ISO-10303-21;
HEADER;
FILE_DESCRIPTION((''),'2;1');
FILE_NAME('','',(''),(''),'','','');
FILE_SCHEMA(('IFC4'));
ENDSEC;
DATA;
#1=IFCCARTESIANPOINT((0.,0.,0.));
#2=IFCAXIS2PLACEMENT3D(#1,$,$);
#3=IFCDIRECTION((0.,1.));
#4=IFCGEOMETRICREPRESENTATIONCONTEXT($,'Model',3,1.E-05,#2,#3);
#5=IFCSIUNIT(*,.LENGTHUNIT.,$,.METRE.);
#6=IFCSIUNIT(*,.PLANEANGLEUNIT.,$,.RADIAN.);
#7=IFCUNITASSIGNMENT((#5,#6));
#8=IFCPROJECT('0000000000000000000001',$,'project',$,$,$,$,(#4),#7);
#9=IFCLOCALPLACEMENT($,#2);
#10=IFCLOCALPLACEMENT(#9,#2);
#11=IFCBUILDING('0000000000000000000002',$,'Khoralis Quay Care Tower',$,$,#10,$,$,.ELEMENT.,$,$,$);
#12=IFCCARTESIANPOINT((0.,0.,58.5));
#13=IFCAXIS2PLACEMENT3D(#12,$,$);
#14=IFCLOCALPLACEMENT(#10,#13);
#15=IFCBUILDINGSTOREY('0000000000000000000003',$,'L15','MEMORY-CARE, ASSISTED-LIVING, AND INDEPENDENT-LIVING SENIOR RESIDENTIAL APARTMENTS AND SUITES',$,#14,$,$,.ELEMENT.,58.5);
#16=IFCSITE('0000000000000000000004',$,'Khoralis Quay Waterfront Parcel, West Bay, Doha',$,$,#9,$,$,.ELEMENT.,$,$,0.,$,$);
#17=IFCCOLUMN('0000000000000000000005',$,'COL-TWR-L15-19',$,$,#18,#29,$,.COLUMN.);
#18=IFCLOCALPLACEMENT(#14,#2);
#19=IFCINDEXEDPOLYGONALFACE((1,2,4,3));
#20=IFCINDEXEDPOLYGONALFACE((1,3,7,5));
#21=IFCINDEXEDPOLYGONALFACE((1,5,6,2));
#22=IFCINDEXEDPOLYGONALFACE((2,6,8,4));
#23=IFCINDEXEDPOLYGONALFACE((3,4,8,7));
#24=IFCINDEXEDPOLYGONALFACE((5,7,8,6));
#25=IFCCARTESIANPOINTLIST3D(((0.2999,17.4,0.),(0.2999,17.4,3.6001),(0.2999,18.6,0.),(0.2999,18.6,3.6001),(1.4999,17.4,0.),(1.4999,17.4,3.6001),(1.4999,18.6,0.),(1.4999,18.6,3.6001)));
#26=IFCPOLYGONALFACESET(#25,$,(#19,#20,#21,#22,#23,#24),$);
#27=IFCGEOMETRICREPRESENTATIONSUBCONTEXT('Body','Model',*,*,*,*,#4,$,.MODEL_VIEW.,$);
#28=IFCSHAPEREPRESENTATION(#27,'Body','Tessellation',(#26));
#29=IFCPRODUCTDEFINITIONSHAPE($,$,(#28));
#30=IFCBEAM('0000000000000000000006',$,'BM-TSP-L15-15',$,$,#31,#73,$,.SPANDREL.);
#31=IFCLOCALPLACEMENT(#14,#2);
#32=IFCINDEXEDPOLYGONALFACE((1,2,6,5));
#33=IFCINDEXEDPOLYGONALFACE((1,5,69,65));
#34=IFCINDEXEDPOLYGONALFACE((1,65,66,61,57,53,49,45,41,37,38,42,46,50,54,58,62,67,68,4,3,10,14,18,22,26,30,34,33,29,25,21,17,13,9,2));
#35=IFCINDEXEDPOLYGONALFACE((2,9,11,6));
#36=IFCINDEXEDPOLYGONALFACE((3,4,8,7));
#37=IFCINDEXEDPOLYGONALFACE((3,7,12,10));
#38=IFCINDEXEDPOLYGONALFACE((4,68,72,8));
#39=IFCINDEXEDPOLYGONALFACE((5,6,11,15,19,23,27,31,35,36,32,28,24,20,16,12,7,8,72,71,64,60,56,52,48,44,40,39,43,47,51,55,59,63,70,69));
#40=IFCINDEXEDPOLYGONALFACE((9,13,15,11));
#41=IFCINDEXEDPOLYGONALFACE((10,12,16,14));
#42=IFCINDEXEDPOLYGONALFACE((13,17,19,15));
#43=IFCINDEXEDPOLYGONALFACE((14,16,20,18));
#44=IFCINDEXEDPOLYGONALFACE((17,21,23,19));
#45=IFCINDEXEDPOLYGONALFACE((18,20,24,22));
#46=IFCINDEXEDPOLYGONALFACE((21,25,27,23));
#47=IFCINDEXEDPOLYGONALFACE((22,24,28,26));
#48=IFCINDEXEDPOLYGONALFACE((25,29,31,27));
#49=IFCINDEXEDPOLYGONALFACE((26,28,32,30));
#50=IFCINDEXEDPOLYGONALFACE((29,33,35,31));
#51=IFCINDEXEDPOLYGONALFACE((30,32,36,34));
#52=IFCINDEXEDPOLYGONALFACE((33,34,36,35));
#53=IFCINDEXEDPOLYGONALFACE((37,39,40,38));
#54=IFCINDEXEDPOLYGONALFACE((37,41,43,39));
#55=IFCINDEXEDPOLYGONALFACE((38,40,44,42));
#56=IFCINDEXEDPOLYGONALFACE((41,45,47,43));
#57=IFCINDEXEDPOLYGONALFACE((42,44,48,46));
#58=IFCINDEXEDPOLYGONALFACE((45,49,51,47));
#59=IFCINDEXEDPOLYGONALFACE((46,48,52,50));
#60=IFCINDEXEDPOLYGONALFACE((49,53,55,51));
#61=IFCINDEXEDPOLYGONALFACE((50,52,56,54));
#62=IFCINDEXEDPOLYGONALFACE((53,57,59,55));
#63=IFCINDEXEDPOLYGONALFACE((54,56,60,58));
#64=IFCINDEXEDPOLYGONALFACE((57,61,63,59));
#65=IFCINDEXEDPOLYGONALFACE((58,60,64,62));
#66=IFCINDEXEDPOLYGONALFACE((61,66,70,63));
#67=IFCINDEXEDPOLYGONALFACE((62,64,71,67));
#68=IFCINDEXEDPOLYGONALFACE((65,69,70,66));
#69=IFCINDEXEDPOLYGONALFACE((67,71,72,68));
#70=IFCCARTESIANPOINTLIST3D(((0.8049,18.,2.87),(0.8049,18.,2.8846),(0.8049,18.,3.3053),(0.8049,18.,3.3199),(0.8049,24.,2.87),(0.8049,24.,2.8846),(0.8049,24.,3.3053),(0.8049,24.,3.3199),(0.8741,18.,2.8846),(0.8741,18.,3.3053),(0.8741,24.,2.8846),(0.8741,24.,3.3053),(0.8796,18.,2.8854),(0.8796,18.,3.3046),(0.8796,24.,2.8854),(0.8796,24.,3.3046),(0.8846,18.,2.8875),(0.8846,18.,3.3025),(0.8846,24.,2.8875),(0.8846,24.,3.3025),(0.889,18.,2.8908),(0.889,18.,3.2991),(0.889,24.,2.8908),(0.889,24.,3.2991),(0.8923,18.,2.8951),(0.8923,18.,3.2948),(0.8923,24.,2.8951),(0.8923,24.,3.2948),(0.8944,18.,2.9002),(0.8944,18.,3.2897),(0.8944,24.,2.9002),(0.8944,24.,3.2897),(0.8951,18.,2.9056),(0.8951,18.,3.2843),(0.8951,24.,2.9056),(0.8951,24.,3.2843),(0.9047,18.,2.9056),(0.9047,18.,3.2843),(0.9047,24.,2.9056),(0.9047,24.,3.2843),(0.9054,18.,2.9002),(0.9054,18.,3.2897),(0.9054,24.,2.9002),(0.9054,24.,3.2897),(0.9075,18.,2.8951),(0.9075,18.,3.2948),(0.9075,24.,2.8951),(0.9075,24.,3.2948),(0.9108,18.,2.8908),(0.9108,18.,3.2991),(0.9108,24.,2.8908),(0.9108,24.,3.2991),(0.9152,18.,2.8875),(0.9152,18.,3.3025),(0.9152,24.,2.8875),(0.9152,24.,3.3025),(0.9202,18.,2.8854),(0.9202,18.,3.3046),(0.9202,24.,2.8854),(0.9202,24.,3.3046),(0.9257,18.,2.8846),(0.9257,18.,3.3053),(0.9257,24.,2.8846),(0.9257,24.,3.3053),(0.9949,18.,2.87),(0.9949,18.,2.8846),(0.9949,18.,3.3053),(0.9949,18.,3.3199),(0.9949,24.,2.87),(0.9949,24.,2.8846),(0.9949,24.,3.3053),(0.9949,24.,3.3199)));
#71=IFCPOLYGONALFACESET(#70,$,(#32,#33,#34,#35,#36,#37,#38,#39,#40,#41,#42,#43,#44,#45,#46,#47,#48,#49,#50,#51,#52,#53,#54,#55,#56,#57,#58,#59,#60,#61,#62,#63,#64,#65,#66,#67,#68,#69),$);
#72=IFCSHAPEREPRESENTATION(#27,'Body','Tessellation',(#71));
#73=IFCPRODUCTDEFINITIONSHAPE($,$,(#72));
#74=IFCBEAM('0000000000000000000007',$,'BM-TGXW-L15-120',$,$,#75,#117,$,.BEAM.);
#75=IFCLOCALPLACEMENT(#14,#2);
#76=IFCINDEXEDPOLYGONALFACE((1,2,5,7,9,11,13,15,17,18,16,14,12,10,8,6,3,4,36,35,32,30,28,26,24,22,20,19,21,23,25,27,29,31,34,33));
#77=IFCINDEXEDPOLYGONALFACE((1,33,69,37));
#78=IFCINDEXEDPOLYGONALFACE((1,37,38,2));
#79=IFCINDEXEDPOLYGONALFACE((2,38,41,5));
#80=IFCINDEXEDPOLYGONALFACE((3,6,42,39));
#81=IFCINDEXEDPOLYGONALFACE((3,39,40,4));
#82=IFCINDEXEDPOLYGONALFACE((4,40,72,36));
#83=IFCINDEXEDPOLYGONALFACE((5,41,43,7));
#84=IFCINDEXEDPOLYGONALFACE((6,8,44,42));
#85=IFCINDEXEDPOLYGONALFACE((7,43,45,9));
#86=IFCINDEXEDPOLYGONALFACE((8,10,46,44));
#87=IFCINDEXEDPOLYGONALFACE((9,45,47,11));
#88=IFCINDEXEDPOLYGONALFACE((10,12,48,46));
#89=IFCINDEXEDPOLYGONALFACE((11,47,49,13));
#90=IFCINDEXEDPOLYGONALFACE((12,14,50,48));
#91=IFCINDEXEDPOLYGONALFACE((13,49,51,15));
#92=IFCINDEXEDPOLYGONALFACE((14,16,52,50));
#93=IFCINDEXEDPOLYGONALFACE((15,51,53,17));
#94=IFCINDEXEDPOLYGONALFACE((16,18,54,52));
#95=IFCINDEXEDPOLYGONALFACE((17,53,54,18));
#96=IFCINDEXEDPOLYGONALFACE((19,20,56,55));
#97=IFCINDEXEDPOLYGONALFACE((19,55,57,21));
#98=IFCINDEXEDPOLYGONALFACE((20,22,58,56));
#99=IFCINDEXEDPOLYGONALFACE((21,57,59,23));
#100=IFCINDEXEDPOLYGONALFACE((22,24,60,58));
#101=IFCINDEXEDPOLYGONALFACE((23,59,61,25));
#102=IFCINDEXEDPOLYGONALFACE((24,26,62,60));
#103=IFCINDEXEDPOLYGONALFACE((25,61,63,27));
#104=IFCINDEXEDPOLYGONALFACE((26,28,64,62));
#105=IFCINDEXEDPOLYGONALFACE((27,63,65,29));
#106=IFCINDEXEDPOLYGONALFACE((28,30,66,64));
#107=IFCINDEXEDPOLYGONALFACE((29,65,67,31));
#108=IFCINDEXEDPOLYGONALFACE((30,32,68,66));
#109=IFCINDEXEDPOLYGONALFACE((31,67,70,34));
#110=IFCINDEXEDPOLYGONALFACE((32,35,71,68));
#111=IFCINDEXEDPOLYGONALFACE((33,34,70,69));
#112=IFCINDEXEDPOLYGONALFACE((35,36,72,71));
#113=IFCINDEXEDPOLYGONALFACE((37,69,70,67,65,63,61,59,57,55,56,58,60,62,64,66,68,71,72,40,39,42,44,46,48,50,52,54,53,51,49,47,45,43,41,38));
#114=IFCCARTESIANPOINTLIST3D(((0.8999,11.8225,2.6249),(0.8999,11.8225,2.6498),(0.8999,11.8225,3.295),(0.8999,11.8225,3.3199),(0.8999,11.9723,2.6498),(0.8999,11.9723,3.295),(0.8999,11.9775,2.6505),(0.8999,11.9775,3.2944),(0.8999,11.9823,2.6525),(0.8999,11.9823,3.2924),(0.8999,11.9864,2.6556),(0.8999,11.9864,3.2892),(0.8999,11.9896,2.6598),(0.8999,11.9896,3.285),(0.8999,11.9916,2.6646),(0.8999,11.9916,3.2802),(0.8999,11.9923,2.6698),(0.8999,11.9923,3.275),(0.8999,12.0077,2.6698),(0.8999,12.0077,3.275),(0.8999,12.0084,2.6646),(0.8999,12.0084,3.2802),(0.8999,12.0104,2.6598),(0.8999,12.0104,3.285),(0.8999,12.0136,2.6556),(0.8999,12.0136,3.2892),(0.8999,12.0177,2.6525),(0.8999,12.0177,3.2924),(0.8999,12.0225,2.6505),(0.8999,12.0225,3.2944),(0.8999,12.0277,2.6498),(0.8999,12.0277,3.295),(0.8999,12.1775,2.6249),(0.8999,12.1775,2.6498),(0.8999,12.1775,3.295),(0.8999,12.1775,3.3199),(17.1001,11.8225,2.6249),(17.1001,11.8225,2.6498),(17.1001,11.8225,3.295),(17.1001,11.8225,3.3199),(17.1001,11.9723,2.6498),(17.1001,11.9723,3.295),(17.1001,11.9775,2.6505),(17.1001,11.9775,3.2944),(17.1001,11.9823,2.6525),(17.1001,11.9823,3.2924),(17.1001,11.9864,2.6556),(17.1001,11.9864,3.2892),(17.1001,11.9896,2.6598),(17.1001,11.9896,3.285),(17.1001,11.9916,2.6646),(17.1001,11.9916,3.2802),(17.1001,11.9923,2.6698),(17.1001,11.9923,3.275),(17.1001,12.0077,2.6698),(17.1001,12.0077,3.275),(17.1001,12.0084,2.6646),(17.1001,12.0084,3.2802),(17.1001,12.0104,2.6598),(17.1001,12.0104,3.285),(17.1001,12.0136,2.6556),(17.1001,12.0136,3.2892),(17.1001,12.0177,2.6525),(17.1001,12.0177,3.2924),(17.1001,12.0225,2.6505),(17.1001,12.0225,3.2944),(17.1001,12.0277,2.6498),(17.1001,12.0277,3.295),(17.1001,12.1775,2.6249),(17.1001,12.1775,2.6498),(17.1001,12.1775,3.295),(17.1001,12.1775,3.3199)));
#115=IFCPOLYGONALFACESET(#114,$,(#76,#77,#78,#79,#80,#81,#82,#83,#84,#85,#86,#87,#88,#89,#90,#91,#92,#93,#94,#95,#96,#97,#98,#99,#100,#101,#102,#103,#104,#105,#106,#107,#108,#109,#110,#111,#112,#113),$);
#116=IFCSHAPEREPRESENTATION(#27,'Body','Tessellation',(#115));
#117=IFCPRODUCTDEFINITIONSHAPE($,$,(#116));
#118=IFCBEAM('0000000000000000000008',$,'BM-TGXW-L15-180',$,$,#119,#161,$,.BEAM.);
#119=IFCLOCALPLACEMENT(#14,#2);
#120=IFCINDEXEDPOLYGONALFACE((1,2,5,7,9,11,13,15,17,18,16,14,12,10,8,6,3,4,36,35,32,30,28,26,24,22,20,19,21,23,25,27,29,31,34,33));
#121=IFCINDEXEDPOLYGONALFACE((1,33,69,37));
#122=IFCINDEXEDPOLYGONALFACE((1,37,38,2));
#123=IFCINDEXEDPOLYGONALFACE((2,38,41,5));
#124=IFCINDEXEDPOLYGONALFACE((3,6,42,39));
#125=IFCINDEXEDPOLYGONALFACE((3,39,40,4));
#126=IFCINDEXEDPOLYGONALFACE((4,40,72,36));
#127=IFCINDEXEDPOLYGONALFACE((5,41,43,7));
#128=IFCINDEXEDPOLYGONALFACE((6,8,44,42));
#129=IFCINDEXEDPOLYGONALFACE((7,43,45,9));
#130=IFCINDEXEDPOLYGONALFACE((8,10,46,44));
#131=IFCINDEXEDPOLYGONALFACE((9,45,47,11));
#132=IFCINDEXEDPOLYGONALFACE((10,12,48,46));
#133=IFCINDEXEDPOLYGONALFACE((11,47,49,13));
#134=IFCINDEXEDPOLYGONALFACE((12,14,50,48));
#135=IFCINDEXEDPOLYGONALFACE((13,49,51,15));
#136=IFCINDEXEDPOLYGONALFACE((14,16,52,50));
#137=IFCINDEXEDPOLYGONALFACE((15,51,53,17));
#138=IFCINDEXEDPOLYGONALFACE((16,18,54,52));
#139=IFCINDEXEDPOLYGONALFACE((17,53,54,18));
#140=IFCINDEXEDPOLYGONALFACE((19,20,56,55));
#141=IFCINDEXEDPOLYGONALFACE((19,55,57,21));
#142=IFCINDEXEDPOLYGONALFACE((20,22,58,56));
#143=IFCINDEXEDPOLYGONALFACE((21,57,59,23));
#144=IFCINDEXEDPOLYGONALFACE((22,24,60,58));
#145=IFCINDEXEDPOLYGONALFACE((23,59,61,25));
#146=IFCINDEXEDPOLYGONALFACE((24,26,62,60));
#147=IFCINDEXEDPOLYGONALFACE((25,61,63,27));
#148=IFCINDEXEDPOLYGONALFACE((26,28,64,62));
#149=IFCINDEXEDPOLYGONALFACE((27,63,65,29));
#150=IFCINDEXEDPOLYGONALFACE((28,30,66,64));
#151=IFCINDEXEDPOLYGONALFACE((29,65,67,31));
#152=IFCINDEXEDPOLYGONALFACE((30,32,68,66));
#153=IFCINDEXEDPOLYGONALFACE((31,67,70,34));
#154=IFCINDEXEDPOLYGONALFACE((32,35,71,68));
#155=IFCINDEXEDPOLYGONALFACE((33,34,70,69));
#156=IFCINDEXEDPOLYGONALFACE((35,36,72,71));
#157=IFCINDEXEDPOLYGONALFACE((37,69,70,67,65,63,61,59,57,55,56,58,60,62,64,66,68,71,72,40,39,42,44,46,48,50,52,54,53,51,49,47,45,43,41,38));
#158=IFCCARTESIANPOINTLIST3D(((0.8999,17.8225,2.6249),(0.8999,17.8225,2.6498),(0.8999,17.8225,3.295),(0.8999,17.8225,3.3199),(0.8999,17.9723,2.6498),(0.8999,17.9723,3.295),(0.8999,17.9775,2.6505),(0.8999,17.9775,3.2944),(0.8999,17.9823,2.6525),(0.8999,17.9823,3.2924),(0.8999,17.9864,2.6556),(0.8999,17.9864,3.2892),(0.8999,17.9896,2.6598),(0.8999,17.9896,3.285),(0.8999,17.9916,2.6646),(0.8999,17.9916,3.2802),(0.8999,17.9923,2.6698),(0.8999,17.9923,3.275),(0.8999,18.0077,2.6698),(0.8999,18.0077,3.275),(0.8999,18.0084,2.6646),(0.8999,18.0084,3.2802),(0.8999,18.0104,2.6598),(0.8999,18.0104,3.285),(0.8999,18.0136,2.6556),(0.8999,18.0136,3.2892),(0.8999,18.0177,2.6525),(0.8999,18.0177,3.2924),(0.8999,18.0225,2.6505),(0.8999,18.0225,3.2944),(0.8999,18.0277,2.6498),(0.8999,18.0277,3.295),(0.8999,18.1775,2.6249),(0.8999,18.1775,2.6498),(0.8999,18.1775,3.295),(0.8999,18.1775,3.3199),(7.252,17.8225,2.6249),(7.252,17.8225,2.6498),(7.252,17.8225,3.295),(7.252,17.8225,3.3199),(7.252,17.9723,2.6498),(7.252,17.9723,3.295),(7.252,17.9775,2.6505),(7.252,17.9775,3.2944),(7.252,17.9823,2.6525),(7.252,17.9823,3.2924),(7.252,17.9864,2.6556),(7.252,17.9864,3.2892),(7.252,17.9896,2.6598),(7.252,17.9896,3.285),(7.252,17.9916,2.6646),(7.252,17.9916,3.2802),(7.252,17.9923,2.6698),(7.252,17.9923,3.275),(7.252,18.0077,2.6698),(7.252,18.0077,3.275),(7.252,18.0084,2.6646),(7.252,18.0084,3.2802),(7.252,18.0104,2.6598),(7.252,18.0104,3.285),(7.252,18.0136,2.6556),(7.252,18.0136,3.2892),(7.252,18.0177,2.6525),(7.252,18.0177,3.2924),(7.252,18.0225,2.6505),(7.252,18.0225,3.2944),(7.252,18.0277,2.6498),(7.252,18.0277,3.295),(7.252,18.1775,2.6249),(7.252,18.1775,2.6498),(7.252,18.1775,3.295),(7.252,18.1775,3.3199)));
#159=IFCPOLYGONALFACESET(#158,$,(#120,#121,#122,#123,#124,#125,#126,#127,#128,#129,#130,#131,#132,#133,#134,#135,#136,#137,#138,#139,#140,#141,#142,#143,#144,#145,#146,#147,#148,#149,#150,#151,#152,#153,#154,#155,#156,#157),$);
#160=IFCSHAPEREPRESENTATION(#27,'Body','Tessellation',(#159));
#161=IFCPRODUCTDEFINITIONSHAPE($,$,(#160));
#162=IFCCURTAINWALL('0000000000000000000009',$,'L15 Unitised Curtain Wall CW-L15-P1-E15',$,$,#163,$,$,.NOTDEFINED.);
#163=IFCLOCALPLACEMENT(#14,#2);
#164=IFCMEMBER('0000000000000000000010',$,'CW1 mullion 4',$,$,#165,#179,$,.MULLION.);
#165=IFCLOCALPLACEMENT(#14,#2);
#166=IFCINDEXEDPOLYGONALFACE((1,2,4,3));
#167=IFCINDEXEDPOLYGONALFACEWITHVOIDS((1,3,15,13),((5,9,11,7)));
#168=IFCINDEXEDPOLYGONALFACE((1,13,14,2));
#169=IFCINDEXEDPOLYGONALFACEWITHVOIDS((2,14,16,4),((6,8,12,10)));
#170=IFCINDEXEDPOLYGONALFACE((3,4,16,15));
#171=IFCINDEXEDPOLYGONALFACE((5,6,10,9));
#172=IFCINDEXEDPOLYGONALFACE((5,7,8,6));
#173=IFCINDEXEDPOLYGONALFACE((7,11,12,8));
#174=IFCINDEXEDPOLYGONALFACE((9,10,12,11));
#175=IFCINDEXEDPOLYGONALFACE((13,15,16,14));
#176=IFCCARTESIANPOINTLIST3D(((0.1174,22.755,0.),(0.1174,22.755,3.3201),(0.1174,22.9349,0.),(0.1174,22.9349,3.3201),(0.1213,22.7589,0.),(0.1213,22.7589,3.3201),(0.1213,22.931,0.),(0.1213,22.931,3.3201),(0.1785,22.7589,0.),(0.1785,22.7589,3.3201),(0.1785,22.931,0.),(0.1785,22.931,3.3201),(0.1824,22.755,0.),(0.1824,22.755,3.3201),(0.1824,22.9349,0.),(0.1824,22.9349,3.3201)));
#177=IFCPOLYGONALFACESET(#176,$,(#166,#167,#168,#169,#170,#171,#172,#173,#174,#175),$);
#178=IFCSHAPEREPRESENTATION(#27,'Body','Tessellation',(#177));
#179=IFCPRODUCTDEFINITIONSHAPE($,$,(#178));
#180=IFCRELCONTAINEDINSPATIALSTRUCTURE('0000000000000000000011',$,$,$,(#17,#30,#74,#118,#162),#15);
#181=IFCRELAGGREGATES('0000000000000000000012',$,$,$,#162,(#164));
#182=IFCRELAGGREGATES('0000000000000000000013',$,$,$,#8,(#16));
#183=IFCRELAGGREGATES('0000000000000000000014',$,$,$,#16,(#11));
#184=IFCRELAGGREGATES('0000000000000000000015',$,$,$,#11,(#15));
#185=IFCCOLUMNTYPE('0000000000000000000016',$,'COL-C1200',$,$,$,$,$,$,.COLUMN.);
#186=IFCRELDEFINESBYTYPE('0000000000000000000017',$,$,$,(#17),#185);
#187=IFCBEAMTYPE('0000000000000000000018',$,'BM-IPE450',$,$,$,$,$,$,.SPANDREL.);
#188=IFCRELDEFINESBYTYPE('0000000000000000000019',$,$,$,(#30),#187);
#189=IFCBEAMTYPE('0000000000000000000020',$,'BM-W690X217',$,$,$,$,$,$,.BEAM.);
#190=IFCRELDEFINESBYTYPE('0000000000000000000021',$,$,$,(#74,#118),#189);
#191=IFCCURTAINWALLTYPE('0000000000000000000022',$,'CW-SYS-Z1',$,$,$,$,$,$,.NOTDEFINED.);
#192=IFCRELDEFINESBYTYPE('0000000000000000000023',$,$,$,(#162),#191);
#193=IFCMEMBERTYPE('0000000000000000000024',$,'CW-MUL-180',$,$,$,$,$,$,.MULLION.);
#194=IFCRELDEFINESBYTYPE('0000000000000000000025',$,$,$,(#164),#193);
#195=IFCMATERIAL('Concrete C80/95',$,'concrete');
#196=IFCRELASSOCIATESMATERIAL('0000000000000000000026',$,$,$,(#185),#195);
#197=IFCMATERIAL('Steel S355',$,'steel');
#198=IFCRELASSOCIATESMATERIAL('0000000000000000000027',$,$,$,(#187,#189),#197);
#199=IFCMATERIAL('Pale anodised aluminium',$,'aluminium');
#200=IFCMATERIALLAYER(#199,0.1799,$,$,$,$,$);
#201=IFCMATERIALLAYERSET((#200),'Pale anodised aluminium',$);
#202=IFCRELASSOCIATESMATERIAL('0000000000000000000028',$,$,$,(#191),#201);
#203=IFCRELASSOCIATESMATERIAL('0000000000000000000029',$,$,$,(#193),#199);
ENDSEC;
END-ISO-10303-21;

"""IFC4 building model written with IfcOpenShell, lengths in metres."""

from ifc_helpers import new_model, si_unit, direction, frame, origin, origin_2d, place, context, subcontext, project, spatial, rectangle, hollow_rectangle, i_section, extrude, source, transform, mapped, material, layer, layer_set, material_profile, profile_set, type_object, element, aggregate, save


model = new_model("IFC4")

# Units and contexts
model_context = context("Model", 3, precision=1e-05, world=origin(), true_north=direction((0.0, 1.0)))
body_context = subcontext(model_context, "Body", "Model", "MODEL_VIEW")
ifc_project = project(units=[si_unit("LENGTHUNIT", "METRE"), si_unit("PLANEANGLEUNIT", "RADIAN")], contexts=[model_context])

# Site, building, storey
site_placement = place(None, origin())
site = spatial("IfcSite", under=ifc_project, at=site_placement, Name="Khoralis Quay Waterfront Parcel, West Bay, Doha", CompositionType="ELEMENT", RefElevation=0.0)
building_placement = place(site_placement, origin())
building = spatial("IfcBuilding", under=site, at=building_placement, Name="Khoralis Quay Care Tower", CompositionType="ELEMENT")
storey_placement = place(building_placement, frame((0.0, 0.0, 58.5)))
storey = spatial("IfcBuildingStorey", under=building, at=storey_placement, Name="L15", Description="MEMORY-CARE, ASSISTED-LIVING, AND INDEPENDENT-LIVING SENIOR RESIDENTIAL APARTMENTS AND SUITES", CompositionType="ELEMENT", Elevation=58.5)

# Column
ifc_material_1 = material(Name="Concrete C80/95", Category="concrete")
ifc_material_profile_1 = material_profile(ifc_material_1, rectangle(XDim=1.2, YDim=1.2, at=origin_2d()), Name="Concrete C80/95")
ifc_profile_set_1 = profile_set([ifc_material_profile_1], Name="Concrete C80/95")
column_type = type_object("IfcColumnType", Name="COL-C1200", PredefinedType="COLUMN", material=ifc_profile_set_1)
shared_shape_1 = source(origin(), body_context, "Body", "SweptSolid", [
    extrude(rectangle(XDim=1.2, YDim=1.2, at=origin_2d()), origin(), (0.0, 0.0, 1.0), 3.6001),
])
column_placement = place(storey_placement, frame((0.8999, 18.0, 0.0), z_axis=(0.0, 0.0, 1.0), x_axis=(1.0, 0.0, 0.0)))
element("IfcColumn", 1, at=column_placement, inside=storey, type_object=column_type, Name="COL-TWR-L15-19", PredefinedType="COLUMN", context=body_context, shape_type="MappedRepresentation", body=[
    mapped(shared_shape_1, transform((0.0, 0.0, 0.0), scale=1.0)),
])

# Beams
ifc_material_2 = material(Name="Steel S355", Category="steel")
ifc_material_profile_2 = material_profile(ifc_material_2, i_section(OverallWidth=0.1899, OverallDepth=0.45, WebThickness=0.0095, FlangeThickness=0.0146, FilletRadius=0.021, at=origin_2d()), Name="Steel S355")
ifc_profile_set_2 = profile_set([ifc_material_profile_2], Name="Steel S355")
beam_type_1 = type_object("IfcBeamType", Name="BM-IPE450", PredefinedType="SPANDREL", material=ifc_profile_set_2)
shared_shape_2 = source(origin(), body_context, "Body", "SweptSolid", [
    extrude(i_section(OverallWidth=0.1899, OverallDepth=0.45, WebThickness=0.0095, FlangeThickness=0.0146, FilletRadius=0.021, at=origin_2d()), origin(), (0.0, 0.0, 1.0), 6.0),
])
beam_1_placement = place(storey_placement, frame((0.8999, 18.0, 3.095), z_axis=(0.0, 1.0, 0.0), x_axis=(-1.0, 0.0, 0.0)))
element("IfcBeam", 2, at=beam_1_placement, inside=storey, type_object=beam_type_1, Name="BM-TSP-L15-15", PredefinedType="SPANDREL", context=body_context, shape_type="MappedRepresentation", body=[
    mapped(shared_shape_2, transform((0.0, 0.0, 0.0), scale=1.0)),
])
ifc_material_profile_3 = material_profile(ifc_material_2, i_section(OverallWidth=0.355, OverallDepth=0.6951, WebThickness=0.0154, FlangeThickness=0.0249, FilletRadius=0.02, at=origin_2d()), Name="Steel S355")
ifc_profile_set_3 = profile_set([ifc_material_profile_3], Name="Steel S355")
beam_type_2 = type_object("IfcBeamType", Name="BM-W690X217", PredefinedType="BEAM", material=ifc_profile_set_3)
shared_shape_3 = source(origin(), body_context, "Body", "SweptSolid", [
    extrude(i_section(OverallWidth=0.355, OverallDepth=0.6951, WebThickness=0.0154, FlangeThickness=0.0249, FilletRadius=0.02, at=origin_2d()), origin(), (0.0, 0.0, 1.0), 16.2002),
])
beam_2_placement = place(storey_placement, frame((0.8999, 12.0, 2.9724), z_axis=(1.0, 0.0, 0.0), x_axis=(0.0, 1.0, 0.0)))
element("IfcBeam", 3, at=beam_2_placement, inside=storey, type_object=beam_type_2, Name="BM-TGXW-L15-120", PredefinedType="BEAM", context=body_context, shape_type="MappedRepresentation", body=[
    mapped(shared_shape_3, transform((0.0, 0.0, 0.0), scale=1.0)),
])
shared_shape_4 = source(origin(), body_context, "Body", "SweptSolid", [
    extrude(i_section(OverallWidth=0.355, OverallDepth=0.6951, WebThickness=0.0154, FlangeThickness=0.0249, FilletRadius=0.02, at=origin_2d()), origin(), (0.0, 0.0, 1.0), 6.3521),
])
beam_3_placement = place(storey_placement, frame((0.8999, 18.0, 2.9724), z_axis=(1.0, 0.0, 0.0), x_axis=(0.0, 1.0, 0.0)))
element("IfcBeam", 4, at=beam_3_placement, inside=storey, type_object=beam_type_2, Name="BM-TGXW-L15-180", PredefinedType="BEAM", context=body_context, shape_type="MappedRepresentation", body=[
    mapped(shared_shape_4, transform((0.0, 0.0, 0.0), scale=1.0)),
])

# Curtain wall, member
ifc_material_3 = material(Name="Pale anodised aluminium", Category="aluminium")
ifc_layer_1 = layer(ifc_material_3, 0.1799)
ifc_layer_set_1 = layer_set([ifc_layer_1], Name="Pale anodised aluminium")
curtain_wall_type = type_object("IfcCurtainWallType", Name="CW-SYS-Z1", PredefinedType="NOTDEFINED", material=ifc_layer_set_1)
curtain_wall_placement = place(storey_placement, origin())
curtain_wall = element("IfcCurtainWall", 5, at=curtain_wall_placement, inside=storey, type_object=curtain_wall_type, Name="L15 Unitised Curtain Wall CW-L15-P1-E15", PredefinedType="NOTDEFINED")
ifc_material_profile_4 = material_profile(ifc_material_3, hollow_rectangle(XDim=0.0649, YDim=0.1799, WallThickness=0.0039, at=origin_2d()), Name="Pale anodised aluminium")
ifc_profile_set_4 = profile_set([ifc_material_profile_4], Name="Pale anodised aluminium")
member_type_1 = type_object("IfcMemberType", Name="CW-MUL-180", PredefinedType="MULLION", material=ifc_profile_set_4)
shared_shape_5 = source(origin(), body_context, "Body", "SweptSolid", [
    extrude(hollow_rectangle(XDim=0.0649, YDim=0.1799, WallThickness=0.0039, at=origin_2d()), origin(), (0.0, 0.0, 1.0), 3.3201),
])
member_1_placement = place(storey_placement, frame((0.1499, 22.845, 0.0), z_axis=(0.0, 0.0, 1.0), x_axis=(1.0, 0.0, 0.0)))
member_1 = element("IfcMember", 6, at=member_1_placement, type_object=member_type_1, Name="CW1 mullion 4", PredefinedType="MULLION", context=body_context, shape_type="MappedRepresentation", body=[
    mapped(shared_shape_5, transform((0.0, 0.0, 0.0), scale=1.0)),
])
aggregate(curtain_wall, [member_1])

save(model, "model.ifc")
